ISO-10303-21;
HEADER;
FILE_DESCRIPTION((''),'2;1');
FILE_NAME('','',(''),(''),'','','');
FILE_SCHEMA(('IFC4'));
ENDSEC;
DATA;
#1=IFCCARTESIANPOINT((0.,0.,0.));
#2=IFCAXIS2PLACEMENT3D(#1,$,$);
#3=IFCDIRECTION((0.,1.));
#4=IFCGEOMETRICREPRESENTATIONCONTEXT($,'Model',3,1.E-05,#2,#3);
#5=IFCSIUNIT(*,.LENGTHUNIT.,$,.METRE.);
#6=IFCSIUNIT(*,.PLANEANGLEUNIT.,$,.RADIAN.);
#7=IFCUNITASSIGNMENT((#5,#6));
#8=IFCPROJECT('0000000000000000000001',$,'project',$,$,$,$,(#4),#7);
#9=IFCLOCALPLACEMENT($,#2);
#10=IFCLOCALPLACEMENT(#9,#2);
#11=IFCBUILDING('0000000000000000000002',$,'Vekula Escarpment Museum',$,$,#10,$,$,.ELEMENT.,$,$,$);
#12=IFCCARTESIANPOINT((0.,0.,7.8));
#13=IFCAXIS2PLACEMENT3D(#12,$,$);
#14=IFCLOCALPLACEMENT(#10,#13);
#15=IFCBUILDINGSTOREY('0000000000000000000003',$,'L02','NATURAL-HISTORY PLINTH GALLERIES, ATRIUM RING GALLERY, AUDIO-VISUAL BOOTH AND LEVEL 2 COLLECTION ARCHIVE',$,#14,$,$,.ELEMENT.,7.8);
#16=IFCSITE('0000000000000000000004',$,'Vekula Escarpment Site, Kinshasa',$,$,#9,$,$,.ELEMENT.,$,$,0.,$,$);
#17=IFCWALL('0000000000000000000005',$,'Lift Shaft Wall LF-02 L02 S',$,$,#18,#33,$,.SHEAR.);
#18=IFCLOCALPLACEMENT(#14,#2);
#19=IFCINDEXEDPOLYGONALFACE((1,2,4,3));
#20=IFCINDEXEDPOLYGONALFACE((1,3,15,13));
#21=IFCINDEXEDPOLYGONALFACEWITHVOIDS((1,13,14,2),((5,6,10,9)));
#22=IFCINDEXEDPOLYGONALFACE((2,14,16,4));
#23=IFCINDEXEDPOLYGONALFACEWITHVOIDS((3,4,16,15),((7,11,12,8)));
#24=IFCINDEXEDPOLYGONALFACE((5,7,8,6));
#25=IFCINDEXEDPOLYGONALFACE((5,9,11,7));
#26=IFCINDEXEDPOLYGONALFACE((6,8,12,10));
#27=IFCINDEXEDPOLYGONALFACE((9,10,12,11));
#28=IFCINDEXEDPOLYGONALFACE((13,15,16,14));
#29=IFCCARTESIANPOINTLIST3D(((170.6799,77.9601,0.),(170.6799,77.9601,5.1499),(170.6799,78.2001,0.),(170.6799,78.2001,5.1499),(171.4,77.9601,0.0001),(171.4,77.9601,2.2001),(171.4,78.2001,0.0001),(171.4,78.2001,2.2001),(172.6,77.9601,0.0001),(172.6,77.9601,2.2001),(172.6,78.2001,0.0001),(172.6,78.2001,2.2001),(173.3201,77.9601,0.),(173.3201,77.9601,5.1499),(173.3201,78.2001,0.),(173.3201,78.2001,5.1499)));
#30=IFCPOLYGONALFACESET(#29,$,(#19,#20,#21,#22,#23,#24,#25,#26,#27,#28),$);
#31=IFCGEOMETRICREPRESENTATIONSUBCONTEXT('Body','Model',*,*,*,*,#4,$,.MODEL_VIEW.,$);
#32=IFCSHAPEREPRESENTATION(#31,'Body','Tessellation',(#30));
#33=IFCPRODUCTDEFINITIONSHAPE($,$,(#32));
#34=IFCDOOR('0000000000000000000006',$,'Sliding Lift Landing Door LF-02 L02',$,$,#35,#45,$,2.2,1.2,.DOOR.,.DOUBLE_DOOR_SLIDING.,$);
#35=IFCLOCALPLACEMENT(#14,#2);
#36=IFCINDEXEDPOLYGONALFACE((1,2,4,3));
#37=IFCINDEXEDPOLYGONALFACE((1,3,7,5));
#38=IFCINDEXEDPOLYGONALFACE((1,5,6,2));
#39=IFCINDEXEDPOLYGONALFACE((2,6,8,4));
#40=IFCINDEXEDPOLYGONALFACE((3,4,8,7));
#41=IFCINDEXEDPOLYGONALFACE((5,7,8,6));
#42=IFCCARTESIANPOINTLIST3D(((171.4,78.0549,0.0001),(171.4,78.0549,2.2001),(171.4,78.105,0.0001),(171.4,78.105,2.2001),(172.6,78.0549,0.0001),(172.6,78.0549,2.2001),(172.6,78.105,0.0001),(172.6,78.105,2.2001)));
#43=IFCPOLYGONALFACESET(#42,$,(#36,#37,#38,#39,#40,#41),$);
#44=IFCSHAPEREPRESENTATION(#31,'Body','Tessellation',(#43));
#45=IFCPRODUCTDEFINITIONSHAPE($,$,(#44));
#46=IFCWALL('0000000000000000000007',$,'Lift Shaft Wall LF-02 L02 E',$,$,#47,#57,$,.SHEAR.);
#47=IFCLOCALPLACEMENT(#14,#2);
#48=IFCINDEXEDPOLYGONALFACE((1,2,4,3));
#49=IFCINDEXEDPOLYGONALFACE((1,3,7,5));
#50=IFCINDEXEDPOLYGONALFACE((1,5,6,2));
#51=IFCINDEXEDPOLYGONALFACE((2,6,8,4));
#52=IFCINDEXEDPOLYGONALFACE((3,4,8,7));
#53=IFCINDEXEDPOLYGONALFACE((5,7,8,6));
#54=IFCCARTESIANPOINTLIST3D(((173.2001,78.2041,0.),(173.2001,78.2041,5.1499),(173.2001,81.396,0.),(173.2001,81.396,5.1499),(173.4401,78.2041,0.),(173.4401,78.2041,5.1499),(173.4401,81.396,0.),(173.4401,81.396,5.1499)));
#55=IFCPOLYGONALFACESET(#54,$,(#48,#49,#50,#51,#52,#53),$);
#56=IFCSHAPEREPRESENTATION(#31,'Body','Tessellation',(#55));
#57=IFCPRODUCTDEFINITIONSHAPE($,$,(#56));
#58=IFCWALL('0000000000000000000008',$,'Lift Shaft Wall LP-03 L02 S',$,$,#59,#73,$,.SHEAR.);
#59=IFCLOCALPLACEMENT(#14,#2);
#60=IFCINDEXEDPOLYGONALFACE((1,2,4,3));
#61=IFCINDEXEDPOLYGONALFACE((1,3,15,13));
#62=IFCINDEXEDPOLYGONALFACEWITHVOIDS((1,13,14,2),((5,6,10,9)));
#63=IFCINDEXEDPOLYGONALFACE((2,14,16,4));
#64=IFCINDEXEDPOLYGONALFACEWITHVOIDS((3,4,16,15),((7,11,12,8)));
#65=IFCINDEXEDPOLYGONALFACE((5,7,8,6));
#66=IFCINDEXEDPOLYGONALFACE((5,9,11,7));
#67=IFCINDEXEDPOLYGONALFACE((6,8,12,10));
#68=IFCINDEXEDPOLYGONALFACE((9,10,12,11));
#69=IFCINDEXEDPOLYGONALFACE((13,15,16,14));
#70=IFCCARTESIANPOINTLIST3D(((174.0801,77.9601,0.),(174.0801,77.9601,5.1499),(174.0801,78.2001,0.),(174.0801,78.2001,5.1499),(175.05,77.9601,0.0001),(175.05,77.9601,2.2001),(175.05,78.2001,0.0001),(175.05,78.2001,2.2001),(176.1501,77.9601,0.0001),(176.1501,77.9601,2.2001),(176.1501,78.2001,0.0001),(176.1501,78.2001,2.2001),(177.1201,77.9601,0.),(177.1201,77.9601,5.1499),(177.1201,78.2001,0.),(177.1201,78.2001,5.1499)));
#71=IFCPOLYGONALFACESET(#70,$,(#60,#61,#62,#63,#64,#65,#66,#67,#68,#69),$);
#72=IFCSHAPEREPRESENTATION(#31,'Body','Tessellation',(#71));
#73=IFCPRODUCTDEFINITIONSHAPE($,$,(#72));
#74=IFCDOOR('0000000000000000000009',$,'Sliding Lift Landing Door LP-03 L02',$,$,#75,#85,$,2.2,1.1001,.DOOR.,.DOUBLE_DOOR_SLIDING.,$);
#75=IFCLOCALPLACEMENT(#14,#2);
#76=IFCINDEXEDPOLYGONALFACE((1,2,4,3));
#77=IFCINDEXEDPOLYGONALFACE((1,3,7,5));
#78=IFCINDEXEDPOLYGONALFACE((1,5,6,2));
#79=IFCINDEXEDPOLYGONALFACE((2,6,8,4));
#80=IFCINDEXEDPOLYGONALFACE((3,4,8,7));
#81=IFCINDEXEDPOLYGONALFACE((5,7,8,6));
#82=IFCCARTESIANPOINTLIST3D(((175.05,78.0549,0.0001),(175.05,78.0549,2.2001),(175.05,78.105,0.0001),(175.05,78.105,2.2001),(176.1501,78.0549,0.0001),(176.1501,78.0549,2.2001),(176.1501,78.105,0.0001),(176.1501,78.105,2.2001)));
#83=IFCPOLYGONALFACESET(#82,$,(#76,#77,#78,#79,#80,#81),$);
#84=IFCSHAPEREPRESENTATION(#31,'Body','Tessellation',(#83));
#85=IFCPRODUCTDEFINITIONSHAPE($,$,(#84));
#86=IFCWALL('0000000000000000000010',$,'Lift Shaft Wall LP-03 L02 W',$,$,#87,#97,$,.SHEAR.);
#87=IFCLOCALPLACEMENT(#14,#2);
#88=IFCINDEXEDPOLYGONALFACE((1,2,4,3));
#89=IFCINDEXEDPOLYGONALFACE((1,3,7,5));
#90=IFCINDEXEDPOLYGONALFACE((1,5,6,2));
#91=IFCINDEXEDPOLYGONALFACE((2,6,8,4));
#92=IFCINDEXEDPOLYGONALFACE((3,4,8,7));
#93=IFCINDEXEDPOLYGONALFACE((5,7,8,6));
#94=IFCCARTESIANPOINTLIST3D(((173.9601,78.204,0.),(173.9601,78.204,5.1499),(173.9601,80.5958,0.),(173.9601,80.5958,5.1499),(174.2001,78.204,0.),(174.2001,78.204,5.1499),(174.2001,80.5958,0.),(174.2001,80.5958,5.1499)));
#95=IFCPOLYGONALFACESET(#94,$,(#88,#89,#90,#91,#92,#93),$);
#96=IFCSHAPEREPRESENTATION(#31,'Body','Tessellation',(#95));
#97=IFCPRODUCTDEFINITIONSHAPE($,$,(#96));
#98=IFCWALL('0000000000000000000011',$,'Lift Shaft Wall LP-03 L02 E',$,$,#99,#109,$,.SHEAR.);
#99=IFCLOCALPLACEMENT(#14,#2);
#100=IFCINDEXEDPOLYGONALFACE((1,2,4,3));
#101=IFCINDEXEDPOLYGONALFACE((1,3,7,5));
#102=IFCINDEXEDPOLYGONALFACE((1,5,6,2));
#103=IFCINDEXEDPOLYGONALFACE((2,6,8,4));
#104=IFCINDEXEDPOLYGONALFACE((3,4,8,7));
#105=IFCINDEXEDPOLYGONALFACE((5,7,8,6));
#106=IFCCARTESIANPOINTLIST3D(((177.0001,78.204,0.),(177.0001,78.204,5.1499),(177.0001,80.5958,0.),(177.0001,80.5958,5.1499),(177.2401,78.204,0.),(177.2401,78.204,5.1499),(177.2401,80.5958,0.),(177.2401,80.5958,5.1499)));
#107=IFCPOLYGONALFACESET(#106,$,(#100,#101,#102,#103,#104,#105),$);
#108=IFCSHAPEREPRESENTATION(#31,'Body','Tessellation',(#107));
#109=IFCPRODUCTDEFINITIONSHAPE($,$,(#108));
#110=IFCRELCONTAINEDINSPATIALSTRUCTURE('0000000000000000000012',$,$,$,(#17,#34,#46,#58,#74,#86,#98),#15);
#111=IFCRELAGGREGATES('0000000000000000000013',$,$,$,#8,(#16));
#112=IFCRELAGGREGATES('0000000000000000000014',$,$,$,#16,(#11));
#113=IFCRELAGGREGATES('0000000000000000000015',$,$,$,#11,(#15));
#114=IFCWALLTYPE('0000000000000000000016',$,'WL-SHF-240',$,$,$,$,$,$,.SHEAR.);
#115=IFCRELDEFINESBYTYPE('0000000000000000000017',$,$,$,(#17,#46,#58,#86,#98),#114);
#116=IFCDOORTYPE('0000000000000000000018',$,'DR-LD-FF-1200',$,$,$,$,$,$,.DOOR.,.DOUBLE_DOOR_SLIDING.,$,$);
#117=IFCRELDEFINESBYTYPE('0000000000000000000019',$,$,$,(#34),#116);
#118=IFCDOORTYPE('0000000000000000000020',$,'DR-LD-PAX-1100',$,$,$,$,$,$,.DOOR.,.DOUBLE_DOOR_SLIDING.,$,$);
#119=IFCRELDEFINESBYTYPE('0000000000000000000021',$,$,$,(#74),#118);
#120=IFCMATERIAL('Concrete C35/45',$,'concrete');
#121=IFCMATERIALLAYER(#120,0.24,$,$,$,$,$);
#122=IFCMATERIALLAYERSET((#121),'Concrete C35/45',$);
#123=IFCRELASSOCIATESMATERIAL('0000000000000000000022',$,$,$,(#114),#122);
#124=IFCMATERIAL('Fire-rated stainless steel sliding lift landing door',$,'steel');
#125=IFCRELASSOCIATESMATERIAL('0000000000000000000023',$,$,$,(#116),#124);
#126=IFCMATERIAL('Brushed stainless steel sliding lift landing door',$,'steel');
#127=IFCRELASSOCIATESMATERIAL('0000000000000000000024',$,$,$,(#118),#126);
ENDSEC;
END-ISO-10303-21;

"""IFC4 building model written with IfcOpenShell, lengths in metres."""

from ifc_helpers import new_model, si_unit, direction, frame, frame_2d, origin, place, context, subcontext, project, spatial, rectangle, extrude, material, layer, layer_set, type_object, element, fill, save


model = new_model("IFC4")

# Units and contexts
model_context = context("Model", 3, precision=1e-05, world=origin(), true_north=direction((0.0, 1.0)))
body_context = subcontext(model_context, "Body", "Model", "MODEL_VIEW")
ifc_project = project(units=[si_unit("LENGTHUNIT", "METRE"), si_unit("PLANEANGLEUNIT", "RADIAN")], contexts=[model_context])

# Site, building, storey
site_placement = place(None, origin())
site = spatial("IfcSite", under=ifc_project, at=site_placement, Name="Vekula Escarpment Site, Kinshasa", CompositionType="ELEMENT", RefElevation=0.0)
building_placement = place(site_placement, origin())
building = spatial("IfcBuilding", under=site, at=building_placement, Name="Vekula Escarpment Museum", CompositionType="ELEMENT")
storey_placement = place(building_placement, frame((0.0, 0.0, 7.8)))
storey = spatial("IfcBuildingStorey", under=building, at=storey_placement, Name="L02", Description="NATURAL-HISTORY PLINTH GALLERIES, ATRIUM RING GALLERY, AUDIO-VISUAL BOOTH AND LEVEL 2 COLLECTION ARCHIVE", CompositionType="ELEMENT", Elevation=7.8)

# Shared definitions
ifc_material_1 = material(Name="Concrete C35/45", Category="concrete")
ifc_layer_1 = layer(ifc_material_1, 0.24)
ifc_layer_set_1 = layer_set([ifc_layer_1], Name="Concrete C35/45")
wall_type_1 = type_object("IfcWallType", Name="WL-SHF-240", PredefinedType="SHEAR", material=ifc_layer_set_1)

# Wall, opening, door
wall_1_placement = place(storey_placement, frame((170.6799, 78.0801, 0.0), z_axis=(0.0, 0.0, 1.0), x_axis=(1.0, 0.0, 0.0)))
wall_1 = element("IfcWall", 1, at=wall_1_placement, inside=storey, type_object=wall_type_1, Name="Lift Shaft Wall LF-02 L02 S", PredefinedType="SHEAR", context=body_context, shape_type="SweptSolid", body=[
    extrude(rectangle(XDim=2.6401, YDim=0.24, at=frame_2d((1.3201, 0.0))), origin(), (0.0, 0.0, 1.0), 5.1499),
])
opening_1_placement = place(wall_1_placement, frame((0.72, 0.0, 0.0)))
opening_1 = element("IfcOpeningElement", 2, at=opening_1_placement, cuts=wall_1, PredefinedType="OPENING", context=body_context, shape_type="SweptSolid", body=[
    extrude(rectangle(XDim=1.2, YDim=2.2, at=frame_2d((0.6001, 1.1001))), frame((0.0, 0.1299, 0.0), z_axis=(0.0, -1.0, 0.0), x_axis=(1.0, 0.0, 0.0)), (0.0, 0.0, 1.0), 0.26),
])
ifc_material_2 = material(Name="Fire-rated stainless steel sliding lift landing door", Category="steel")
door_type_1 = type_object("IfcDoorType", Name="DR-LD-FF-1200", OperationType="DOUBLE_DOOR_SLIDING", PredefinedType="DOOR", material=ifc_material_2)
door_1_placement = place(opening_1_placement, origin())
door_1 = element("IfcDoor", 3, at=door_1_placement, inside=storey, type_object=door_type_1, Name="Sliding Lift Landing Door LF-02 L02", OperationType="DOUBLE_DOOR_SLIDING", OverallHeight=2.2, OverallWidth=1.2, PredefinedType="DOOR", context=body_context, shape_type="SweptSolid", body=[
    extrude(rectangle(XDim=1.2, YDim=2.2, at=frame_2d((0.6001, 1.1001))), frame((0.0, 0.0249, 0.0), z_axis=(0.0, -1.0, 0.0), x_axis=(1.0, 0.0, 0.0)), (0.0, 0.0, 1.0), 0.05),
])
fill(opening_1, door_1)

# Wall
wall_2_placement = place(storey_placement, frame((173.3201, 78.2041, 0.0), z_axis=(0.0, 0.0, 1.0), x_axis=(0.0, 1.0, 0.0)))
element("IfcWall", 4, at=wall_2_placement, inside=storey, type_object=wall_type_1, Name="Lift Shaft Wall LF-02 L02 E", PredefinedType="SHEAR", context=body_context, shape_type="SweptSolid", body=[
    extrude(rectangle(XDim=3.1919, YDim=0.24, at=frame_2d((1.5959, 0.0))), origin(), (0.0, 0.0, 1.0), 5.1499),
])

# Wall, opening, door
wall_3_placement = place(storey_placement, frame((174.0801, 78.0801, 0.0), z_axis=(0.0, 0.0, 1.0), x_axis=(1.0, 0.0, 0.0)))
wall_3 = element("IfcWall", 5, at=wall_3_placement, inside=storey, type_object=wall_type_1, Name="Lift Shaft Wall LP-03 L02 S", PredefinedType="SHEAR", context=body_context, shape_type="SweptSolid", body=[
    extrude(rectangle(XDim=3.04, YDim=0.24, at=frame_2d((1.52, 0.0))), origin(), (0.0, 0.0, 1.0), 5.1499),
])
opening_2_placement = place(wall_3_placement, frame((0.97, 0.0, 0.0)))
opening_2 = element("IfcOpeningElement", 6, at=opening_2_placement, cuts=wall_3, PredefinedType="OPENING", context=body_context, shape_type="SweptSolid", body=[
    extrude(rectangle(XDim=1.1001, YDim=2.2, at=frame_2d((0.55, 1.1001))), frame((0.0, 0.1299, 0.0), z_axis=(0.0, -1.0, 0.0), x_axis=(1.0, 0.0, 0.0)), (0.0, 0.0, 1.0), 0.26),
])
ifc_material_3 = material(Name="Brushed stainless steel sliding lift landing door", Category="steel")
door_type_2 = type_object("IfcDoorType", Name="DR-LD-PAX-1100", OperationType="DOUBLE_DOOR_SLIDING", PredefinedType="DOOR", material=ifc_material_3)
door_2_placement = place(opening_2_placement, origin())
door_2 = element("IfcDoor", 7, at=door_2_placement, inside=storey, type_object=door_type_2, Name="Sliding Lift Landing Door LP-03 L02", OperationType="DOUBLE_DOOR_SLIDING", OverallHeight=2.2, OverallWidth=1.1001, PredefinedType="DOOR", context=body_context, shape_type="SweptSolid", body=[
    extrude(rectangle(XDim=1.1001, YDim=2.2, at=frame_2d((0.55, 1.1001))), frame((0.0, 0.0249, 0.0), z_axis=(0.0, -1.0, 0.0), x_axis=(1.0, 0.0, 0.0)), (0.0, 0.0, 1.0), 0.05),
])
fill(opening_2, door_2)

# Walls
for number, where, z_axis, x_axis, name in (
    (8, (174.0801, 78.2041, 0.0), (0.0, 0.0, 1.0), (0.0, 1.0, 0.0), "Lift Shaft Wall LP-03 L02 W"),
    (9, (177.1201, 78.2041, 0.0), (0.0, 0.0, 1.0), (0.0, 1.0, 0.0), "Lift Shaft Wall LP-03 L02 E"),
):
    element("IfcWall", number, at=place(storey_placement, frame(where, z_axis=z_axis, x_axis=x_axis)), inside=storey, type_object=wall_type_1, Name=name, PredefinedType="SHEAR", context=body_context, shape_type="SweptSolid", body=[
        extrude(rectangle(XDim=2.3918, YDim=0.24, at=frame_2d((1.1958, 0.0))), origin(), (0.0, 0.0, 1.0), 5.1499),
    ])

save(model, "model.ifc")
